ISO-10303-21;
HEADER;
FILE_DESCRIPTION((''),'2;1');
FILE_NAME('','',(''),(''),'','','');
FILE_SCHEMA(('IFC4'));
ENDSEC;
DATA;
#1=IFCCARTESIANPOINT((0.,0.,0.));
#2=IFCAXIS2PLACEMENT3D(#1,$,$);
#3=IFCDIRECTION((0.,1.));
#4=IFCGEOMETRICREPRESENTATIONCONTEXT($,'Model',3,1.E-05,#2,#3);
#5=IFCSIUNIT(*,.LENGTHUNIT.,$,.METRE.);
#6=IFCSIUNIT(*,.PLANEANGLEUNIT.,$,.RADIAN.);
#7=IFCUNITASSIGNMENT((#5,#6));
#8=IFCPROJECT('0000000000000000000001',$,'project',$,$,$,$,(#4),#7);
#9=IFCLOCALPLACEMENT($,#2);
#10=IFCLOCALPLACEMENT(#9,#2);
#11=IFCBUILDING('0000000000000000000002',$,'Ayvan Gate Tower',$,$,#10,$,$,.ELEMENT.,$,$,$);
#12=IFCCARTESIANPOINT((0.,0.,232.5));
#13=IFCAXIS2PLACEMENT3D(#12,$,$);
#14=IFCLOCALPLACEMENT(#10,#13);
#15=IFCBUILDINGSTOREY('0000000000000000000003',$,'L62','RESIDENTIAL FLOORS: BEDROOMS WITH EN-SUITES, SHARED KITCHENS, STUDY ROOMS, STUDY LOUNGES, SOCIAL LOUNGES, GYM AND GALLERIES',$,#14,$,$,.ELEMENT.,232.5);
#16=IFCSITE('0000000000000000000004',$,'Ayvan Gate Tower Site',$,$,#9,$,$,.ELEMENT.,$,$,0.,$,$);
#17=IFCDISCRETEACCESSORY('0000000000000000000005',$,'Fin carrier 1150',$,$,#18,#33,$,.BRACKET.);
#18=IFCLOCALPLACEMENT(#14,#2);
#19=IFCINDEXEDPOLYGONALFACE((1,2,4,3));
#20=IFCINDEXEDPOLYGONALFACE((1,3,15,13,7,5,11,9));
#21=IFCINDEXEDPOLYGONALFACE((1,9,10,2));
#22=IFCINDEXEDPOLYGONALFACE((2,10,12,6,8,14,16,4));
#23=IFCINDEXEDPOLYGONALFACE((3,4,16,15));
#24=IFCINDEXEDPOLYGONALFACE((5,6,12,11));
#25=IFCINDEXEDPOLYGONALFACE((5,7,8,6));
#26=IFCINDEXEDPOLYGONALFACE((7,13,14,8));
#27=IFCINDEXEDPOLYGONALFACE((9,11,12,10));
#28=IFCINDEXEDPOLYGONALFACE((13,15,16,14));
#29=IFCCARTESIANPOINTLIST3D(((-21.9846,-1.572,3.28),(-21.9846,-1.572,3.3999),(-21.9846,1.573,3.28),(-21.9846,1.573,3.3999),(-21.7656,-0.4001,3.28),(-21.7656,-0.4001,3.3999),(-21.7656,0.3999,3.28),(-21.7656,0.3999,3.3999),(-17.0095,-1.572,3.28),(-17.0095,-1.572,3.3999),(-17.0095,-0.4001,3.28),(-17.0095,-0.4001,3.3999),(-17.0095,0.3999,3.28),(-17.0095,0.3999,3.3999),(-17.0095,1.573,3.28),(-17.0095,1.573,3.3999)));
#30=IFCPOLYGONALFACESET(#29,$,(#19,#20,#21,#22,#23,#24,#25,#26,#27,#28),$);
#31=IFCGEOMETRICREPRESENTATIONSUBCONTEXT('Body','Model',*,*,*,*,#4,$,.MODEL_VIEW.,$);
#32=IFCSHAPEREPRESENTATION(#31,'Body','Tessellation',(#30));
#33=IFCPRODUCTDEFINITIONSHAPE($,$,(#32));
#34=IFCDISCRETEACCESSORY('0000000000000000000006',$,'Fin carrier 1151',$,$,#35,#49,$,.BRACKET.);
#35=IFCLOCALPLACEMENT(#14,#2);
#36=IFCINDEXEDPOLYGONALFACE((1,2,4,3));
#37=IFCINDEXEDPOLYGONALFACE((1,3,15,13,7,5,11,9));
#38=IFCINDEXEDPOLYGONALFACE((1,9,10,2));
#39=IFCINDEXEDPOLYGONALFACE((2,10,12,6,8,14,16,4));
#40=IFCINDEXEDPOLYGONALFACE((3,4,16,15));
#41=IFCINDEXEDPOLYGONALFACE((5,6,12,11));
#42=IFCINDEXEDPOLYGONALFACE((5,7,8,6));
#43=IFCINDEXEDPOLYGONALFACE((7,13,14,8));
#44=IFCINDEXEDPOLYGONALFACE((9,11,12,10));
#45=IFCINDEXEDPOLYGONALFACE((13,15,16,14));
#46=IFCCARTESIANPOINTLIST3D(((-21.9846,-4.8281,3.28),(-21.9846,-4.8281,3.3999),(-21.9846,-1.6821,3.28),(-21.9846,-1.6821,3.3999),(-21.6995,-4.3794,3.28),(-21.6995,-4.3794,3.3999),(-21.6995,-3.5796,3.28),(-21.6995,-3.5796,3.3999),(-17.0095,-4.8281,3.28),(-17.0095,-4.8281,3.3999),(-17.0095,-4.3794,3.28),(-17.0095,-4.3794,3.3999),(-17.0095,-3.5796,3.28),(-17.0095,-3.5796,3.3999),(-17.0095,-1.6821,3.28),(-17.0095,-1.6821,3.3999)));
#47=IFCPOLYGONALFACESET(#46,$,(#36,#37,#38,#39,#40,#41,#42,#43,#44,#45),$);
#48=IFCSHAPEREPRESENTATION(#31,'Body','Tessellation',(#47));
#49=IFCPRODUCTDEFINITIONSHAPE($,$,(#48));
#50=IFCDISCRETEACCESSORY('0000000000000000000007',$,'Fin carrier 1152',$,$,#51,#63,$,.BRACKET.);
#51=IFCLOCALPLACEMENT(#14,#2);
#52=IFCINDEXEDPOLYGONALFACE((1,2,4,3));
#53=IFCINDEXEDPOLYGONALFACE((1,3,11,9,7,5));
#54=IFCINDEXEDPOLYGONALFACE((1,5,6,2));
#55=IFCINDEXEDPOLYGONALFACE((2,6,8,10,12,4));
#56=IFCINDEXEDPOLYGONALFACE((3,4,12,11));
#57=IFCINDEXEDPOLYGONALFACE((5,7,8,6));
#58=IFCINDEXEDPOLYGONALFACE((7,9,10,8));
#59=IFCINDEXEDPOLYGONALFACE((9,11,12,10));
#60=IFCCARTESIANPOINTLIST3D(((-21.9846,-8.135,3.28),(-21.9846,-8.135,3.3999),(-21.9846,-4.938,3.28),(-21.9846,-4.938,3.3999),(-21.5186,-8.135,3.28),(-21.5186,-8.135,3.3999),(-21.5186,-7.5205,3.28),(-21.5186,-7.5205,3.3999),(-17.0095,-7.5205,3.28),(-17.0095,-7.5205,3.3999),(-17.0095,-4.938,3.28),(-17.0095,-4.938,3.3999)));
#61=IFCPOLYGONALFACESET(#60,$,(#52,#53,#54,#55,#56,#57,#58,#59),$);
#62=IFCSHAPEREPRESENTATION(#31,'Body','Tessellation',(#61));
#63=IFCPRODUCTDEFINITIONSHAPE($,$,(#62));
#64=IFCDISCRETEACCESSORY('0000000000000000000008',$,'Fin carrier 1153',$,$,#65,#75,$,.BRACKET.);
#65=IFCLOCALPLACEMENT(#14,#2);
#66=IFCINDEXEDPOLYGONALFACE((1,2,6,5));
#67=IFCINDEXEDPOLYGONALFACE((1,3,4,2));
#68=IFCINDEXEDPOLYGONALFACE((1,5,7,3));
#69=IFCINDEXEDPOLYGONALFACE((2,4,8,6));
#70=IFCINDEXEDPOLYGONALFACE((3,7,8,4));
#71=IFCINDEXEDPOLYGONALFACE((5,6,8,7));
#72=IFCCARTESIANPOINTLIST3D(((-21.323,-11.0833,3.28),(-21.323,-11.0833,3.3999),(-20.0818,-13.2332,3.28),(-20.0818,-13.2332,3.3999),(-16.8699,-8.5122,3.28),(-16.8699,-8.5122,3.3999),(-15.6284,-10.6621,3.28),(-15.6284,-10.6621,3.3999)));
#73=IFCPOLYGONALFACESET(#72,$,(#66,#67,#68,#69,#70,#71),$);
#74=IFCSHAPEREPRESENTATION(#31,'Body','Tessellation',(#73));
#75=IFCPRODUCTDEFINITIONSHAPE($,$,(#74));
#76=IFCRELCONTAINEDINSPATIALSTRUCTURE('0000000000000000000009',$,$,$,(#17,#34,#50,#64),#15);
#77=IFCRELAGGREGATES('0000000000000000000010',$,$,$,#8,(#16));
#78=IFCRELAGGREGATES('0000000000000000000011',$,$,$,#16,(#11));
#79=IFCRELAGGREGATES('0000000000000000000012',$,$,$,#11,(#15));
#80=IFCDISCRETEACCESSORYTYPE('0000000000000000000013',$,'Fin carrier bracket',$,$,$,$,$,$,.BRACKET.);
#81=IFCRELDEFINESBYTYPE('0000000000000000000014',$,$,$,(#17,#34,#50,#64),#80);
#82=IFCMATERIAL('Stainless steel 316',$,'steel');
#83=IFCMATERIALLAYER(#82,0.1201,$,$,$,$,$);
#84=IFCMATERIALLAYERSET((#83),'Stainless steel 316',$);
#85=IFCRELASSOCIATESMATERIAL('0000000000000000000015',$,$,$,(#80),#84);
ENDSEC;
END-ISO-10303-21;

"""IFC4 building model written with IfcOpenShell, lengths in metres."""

from ifc_helpers import new_model, si_unit, direction, frame, origin, place, context, subcontext, project, spatial, polyline, outline, extrude, material, layer, layer_set, type_object, element, save


model = new_model("IFC4")

# Units and contexts
model_context = context("Model", 3, precision=1e-05, world=origin(), true_north=direction((0.0, 1.0)))
body_context = subcontext(model_context, "Body", "Model", "MODEL_VIEW")
ifc_project = project(units=[si_unit("LENGTHUNIT", "METRE"), si_unit("PLANEANGLEUNIT", "RADIAN")], contexts=[model_context])

# Site, building, storey
site_placement = place(None, origin())
site = spatial("IfcSite", under=ifc_project, at=site_placement, Name="Ayvan Gate Tower Site", CompositionType="ELEMENT", RefElevation=0.0)
building_placement = place(site_placement, origin())
building = spatial("IfcBuilding", under=site, at=building_placement, Name="Ayvan Gate Tower", CompositionType="ELEMENT")
storey_placement = place(building_placement, frame((0.0, 0.0, 232.5)))
storey = spatial("IfcBuildingStorey", under=building, at=storey_placement, Name="L62", Description="RESIDENTIAL FLOORS: BEDROOMS WITH EN-SUITES, SHARED KITCHENS, STUDY ROOMS, STUDY LOUNGES, SOCIAL LOUNGES, GYM AND GALLERIES", CompositionType="ELEMENT", Elevation=232.5)

# Discrete accessories
ifc_material_1 = material(Name="Stainless steel 316", Category="steel")
ifc_layer_1 = layer(ifc_material_1, 0.1201)
ifc_layer_set_1 = layer_set([ifc_layer_1], Name="Stainless steel 316")
discrete_accessory_type = type_object("IfcDiscreteAccessoryType", Name="Fin carrier bracket", PredefinedType="BRACKET", material=ifc_layer_set_1)
discrete_accessory_1_placement = place(storey_placement, frame((0.0, 0.0, 3.28)))
element("IfcDiscreteAccessory", 1, at=discrete_accessory_1_placement, inside=storey, type_object=discrete_accessory_type, Name="Fin carrier 1150", PredefinedType="BRACKET", context=body_context, shape_type="SweptSolid", body=[
    extrude(outline(polyline([(-17.0095, -1.572), (-21.9846, -1.572), (-21.9846, 1.573), (-17.0095, 1.573), (-17.0095, 0.3999), (-21.7656, 0.3999), (-21.7656, -0.4001), (-17.0095, -0.4001), (-17.0095, -1.572)])), origin(), (0.0, 0.0, 1.0), 0.1199),
])
discrete_accessory_2_placement = place(storey_placement, frame((0.0, 0.0, 3.28)))
element("IfcDiscreteAccessory", 2, at=discrete_accessory_2_placement, inside=storey, type_object=discrete_accessory_type, Name="Fin carrier 1151", PredefinedType="BRACKET", context=body_context, shape_type="SweptSolid", body=[
    extrude(outline(polyline([(-17.0095, -4.8281), (-21.9846, -4.8281), (-21.9846, -1.6821), (-17.0095, -1.6821), (-17.0095, -3.5796), (-21.6995, -3.5796), (-21.6995, -4.3794), (-17.0095, -4.3794), (-17.0095, -4.8281)])), origin(), (0.0, 0.0, 1.0), 0.1199),
])
discrete_accessory_3_placement = place(storey_placement, frame((0.0, 0.0, 3.28)))
element("IfcDiscreteAccessory", 3, at=discrete_accessory_3_placement, inside=storey, type_object=discrete_accessory_type, Name="Fin carrier 1152", PredefinedType="BRACKET", context=body_context, shape_type="SweptSolid", body=[
    extrude(outline(polyline([(-21.9846, -8.135), (-21.9846, -4.938), (-17.0095, -4.938), (-17.0095, -7.5205), (-21.5186, -7.5205), (-21.5186, -8.135), (-21.9846, -8.135)])), origin(), (0.0, 0.0, 1.0), 0.1199),
])
discrete_accessory_4_placement = place(storey_placement, frame((0.0, 0.0, 3.28)))
element("IfcDiscreteAccessory", 4, at=discrete_accessory_4_placement, inside=storey, type_object=discrete_accessory_type, Name="Fin carrier 1153", PredefinedType="BRACKET", context=body_context, shape_type="SweptSolid", body=[
    extrude(outline(polyline([(-21.323, -11.0833), (-16.8699, -8.5122), (-15.6284, -10.6621), (-20.0818, -13.2332), (-21.323, -11.0833)])), origin(), (0.0, 0.0, 1.0), 0.1199),
])

save(model, "model.ifc")
